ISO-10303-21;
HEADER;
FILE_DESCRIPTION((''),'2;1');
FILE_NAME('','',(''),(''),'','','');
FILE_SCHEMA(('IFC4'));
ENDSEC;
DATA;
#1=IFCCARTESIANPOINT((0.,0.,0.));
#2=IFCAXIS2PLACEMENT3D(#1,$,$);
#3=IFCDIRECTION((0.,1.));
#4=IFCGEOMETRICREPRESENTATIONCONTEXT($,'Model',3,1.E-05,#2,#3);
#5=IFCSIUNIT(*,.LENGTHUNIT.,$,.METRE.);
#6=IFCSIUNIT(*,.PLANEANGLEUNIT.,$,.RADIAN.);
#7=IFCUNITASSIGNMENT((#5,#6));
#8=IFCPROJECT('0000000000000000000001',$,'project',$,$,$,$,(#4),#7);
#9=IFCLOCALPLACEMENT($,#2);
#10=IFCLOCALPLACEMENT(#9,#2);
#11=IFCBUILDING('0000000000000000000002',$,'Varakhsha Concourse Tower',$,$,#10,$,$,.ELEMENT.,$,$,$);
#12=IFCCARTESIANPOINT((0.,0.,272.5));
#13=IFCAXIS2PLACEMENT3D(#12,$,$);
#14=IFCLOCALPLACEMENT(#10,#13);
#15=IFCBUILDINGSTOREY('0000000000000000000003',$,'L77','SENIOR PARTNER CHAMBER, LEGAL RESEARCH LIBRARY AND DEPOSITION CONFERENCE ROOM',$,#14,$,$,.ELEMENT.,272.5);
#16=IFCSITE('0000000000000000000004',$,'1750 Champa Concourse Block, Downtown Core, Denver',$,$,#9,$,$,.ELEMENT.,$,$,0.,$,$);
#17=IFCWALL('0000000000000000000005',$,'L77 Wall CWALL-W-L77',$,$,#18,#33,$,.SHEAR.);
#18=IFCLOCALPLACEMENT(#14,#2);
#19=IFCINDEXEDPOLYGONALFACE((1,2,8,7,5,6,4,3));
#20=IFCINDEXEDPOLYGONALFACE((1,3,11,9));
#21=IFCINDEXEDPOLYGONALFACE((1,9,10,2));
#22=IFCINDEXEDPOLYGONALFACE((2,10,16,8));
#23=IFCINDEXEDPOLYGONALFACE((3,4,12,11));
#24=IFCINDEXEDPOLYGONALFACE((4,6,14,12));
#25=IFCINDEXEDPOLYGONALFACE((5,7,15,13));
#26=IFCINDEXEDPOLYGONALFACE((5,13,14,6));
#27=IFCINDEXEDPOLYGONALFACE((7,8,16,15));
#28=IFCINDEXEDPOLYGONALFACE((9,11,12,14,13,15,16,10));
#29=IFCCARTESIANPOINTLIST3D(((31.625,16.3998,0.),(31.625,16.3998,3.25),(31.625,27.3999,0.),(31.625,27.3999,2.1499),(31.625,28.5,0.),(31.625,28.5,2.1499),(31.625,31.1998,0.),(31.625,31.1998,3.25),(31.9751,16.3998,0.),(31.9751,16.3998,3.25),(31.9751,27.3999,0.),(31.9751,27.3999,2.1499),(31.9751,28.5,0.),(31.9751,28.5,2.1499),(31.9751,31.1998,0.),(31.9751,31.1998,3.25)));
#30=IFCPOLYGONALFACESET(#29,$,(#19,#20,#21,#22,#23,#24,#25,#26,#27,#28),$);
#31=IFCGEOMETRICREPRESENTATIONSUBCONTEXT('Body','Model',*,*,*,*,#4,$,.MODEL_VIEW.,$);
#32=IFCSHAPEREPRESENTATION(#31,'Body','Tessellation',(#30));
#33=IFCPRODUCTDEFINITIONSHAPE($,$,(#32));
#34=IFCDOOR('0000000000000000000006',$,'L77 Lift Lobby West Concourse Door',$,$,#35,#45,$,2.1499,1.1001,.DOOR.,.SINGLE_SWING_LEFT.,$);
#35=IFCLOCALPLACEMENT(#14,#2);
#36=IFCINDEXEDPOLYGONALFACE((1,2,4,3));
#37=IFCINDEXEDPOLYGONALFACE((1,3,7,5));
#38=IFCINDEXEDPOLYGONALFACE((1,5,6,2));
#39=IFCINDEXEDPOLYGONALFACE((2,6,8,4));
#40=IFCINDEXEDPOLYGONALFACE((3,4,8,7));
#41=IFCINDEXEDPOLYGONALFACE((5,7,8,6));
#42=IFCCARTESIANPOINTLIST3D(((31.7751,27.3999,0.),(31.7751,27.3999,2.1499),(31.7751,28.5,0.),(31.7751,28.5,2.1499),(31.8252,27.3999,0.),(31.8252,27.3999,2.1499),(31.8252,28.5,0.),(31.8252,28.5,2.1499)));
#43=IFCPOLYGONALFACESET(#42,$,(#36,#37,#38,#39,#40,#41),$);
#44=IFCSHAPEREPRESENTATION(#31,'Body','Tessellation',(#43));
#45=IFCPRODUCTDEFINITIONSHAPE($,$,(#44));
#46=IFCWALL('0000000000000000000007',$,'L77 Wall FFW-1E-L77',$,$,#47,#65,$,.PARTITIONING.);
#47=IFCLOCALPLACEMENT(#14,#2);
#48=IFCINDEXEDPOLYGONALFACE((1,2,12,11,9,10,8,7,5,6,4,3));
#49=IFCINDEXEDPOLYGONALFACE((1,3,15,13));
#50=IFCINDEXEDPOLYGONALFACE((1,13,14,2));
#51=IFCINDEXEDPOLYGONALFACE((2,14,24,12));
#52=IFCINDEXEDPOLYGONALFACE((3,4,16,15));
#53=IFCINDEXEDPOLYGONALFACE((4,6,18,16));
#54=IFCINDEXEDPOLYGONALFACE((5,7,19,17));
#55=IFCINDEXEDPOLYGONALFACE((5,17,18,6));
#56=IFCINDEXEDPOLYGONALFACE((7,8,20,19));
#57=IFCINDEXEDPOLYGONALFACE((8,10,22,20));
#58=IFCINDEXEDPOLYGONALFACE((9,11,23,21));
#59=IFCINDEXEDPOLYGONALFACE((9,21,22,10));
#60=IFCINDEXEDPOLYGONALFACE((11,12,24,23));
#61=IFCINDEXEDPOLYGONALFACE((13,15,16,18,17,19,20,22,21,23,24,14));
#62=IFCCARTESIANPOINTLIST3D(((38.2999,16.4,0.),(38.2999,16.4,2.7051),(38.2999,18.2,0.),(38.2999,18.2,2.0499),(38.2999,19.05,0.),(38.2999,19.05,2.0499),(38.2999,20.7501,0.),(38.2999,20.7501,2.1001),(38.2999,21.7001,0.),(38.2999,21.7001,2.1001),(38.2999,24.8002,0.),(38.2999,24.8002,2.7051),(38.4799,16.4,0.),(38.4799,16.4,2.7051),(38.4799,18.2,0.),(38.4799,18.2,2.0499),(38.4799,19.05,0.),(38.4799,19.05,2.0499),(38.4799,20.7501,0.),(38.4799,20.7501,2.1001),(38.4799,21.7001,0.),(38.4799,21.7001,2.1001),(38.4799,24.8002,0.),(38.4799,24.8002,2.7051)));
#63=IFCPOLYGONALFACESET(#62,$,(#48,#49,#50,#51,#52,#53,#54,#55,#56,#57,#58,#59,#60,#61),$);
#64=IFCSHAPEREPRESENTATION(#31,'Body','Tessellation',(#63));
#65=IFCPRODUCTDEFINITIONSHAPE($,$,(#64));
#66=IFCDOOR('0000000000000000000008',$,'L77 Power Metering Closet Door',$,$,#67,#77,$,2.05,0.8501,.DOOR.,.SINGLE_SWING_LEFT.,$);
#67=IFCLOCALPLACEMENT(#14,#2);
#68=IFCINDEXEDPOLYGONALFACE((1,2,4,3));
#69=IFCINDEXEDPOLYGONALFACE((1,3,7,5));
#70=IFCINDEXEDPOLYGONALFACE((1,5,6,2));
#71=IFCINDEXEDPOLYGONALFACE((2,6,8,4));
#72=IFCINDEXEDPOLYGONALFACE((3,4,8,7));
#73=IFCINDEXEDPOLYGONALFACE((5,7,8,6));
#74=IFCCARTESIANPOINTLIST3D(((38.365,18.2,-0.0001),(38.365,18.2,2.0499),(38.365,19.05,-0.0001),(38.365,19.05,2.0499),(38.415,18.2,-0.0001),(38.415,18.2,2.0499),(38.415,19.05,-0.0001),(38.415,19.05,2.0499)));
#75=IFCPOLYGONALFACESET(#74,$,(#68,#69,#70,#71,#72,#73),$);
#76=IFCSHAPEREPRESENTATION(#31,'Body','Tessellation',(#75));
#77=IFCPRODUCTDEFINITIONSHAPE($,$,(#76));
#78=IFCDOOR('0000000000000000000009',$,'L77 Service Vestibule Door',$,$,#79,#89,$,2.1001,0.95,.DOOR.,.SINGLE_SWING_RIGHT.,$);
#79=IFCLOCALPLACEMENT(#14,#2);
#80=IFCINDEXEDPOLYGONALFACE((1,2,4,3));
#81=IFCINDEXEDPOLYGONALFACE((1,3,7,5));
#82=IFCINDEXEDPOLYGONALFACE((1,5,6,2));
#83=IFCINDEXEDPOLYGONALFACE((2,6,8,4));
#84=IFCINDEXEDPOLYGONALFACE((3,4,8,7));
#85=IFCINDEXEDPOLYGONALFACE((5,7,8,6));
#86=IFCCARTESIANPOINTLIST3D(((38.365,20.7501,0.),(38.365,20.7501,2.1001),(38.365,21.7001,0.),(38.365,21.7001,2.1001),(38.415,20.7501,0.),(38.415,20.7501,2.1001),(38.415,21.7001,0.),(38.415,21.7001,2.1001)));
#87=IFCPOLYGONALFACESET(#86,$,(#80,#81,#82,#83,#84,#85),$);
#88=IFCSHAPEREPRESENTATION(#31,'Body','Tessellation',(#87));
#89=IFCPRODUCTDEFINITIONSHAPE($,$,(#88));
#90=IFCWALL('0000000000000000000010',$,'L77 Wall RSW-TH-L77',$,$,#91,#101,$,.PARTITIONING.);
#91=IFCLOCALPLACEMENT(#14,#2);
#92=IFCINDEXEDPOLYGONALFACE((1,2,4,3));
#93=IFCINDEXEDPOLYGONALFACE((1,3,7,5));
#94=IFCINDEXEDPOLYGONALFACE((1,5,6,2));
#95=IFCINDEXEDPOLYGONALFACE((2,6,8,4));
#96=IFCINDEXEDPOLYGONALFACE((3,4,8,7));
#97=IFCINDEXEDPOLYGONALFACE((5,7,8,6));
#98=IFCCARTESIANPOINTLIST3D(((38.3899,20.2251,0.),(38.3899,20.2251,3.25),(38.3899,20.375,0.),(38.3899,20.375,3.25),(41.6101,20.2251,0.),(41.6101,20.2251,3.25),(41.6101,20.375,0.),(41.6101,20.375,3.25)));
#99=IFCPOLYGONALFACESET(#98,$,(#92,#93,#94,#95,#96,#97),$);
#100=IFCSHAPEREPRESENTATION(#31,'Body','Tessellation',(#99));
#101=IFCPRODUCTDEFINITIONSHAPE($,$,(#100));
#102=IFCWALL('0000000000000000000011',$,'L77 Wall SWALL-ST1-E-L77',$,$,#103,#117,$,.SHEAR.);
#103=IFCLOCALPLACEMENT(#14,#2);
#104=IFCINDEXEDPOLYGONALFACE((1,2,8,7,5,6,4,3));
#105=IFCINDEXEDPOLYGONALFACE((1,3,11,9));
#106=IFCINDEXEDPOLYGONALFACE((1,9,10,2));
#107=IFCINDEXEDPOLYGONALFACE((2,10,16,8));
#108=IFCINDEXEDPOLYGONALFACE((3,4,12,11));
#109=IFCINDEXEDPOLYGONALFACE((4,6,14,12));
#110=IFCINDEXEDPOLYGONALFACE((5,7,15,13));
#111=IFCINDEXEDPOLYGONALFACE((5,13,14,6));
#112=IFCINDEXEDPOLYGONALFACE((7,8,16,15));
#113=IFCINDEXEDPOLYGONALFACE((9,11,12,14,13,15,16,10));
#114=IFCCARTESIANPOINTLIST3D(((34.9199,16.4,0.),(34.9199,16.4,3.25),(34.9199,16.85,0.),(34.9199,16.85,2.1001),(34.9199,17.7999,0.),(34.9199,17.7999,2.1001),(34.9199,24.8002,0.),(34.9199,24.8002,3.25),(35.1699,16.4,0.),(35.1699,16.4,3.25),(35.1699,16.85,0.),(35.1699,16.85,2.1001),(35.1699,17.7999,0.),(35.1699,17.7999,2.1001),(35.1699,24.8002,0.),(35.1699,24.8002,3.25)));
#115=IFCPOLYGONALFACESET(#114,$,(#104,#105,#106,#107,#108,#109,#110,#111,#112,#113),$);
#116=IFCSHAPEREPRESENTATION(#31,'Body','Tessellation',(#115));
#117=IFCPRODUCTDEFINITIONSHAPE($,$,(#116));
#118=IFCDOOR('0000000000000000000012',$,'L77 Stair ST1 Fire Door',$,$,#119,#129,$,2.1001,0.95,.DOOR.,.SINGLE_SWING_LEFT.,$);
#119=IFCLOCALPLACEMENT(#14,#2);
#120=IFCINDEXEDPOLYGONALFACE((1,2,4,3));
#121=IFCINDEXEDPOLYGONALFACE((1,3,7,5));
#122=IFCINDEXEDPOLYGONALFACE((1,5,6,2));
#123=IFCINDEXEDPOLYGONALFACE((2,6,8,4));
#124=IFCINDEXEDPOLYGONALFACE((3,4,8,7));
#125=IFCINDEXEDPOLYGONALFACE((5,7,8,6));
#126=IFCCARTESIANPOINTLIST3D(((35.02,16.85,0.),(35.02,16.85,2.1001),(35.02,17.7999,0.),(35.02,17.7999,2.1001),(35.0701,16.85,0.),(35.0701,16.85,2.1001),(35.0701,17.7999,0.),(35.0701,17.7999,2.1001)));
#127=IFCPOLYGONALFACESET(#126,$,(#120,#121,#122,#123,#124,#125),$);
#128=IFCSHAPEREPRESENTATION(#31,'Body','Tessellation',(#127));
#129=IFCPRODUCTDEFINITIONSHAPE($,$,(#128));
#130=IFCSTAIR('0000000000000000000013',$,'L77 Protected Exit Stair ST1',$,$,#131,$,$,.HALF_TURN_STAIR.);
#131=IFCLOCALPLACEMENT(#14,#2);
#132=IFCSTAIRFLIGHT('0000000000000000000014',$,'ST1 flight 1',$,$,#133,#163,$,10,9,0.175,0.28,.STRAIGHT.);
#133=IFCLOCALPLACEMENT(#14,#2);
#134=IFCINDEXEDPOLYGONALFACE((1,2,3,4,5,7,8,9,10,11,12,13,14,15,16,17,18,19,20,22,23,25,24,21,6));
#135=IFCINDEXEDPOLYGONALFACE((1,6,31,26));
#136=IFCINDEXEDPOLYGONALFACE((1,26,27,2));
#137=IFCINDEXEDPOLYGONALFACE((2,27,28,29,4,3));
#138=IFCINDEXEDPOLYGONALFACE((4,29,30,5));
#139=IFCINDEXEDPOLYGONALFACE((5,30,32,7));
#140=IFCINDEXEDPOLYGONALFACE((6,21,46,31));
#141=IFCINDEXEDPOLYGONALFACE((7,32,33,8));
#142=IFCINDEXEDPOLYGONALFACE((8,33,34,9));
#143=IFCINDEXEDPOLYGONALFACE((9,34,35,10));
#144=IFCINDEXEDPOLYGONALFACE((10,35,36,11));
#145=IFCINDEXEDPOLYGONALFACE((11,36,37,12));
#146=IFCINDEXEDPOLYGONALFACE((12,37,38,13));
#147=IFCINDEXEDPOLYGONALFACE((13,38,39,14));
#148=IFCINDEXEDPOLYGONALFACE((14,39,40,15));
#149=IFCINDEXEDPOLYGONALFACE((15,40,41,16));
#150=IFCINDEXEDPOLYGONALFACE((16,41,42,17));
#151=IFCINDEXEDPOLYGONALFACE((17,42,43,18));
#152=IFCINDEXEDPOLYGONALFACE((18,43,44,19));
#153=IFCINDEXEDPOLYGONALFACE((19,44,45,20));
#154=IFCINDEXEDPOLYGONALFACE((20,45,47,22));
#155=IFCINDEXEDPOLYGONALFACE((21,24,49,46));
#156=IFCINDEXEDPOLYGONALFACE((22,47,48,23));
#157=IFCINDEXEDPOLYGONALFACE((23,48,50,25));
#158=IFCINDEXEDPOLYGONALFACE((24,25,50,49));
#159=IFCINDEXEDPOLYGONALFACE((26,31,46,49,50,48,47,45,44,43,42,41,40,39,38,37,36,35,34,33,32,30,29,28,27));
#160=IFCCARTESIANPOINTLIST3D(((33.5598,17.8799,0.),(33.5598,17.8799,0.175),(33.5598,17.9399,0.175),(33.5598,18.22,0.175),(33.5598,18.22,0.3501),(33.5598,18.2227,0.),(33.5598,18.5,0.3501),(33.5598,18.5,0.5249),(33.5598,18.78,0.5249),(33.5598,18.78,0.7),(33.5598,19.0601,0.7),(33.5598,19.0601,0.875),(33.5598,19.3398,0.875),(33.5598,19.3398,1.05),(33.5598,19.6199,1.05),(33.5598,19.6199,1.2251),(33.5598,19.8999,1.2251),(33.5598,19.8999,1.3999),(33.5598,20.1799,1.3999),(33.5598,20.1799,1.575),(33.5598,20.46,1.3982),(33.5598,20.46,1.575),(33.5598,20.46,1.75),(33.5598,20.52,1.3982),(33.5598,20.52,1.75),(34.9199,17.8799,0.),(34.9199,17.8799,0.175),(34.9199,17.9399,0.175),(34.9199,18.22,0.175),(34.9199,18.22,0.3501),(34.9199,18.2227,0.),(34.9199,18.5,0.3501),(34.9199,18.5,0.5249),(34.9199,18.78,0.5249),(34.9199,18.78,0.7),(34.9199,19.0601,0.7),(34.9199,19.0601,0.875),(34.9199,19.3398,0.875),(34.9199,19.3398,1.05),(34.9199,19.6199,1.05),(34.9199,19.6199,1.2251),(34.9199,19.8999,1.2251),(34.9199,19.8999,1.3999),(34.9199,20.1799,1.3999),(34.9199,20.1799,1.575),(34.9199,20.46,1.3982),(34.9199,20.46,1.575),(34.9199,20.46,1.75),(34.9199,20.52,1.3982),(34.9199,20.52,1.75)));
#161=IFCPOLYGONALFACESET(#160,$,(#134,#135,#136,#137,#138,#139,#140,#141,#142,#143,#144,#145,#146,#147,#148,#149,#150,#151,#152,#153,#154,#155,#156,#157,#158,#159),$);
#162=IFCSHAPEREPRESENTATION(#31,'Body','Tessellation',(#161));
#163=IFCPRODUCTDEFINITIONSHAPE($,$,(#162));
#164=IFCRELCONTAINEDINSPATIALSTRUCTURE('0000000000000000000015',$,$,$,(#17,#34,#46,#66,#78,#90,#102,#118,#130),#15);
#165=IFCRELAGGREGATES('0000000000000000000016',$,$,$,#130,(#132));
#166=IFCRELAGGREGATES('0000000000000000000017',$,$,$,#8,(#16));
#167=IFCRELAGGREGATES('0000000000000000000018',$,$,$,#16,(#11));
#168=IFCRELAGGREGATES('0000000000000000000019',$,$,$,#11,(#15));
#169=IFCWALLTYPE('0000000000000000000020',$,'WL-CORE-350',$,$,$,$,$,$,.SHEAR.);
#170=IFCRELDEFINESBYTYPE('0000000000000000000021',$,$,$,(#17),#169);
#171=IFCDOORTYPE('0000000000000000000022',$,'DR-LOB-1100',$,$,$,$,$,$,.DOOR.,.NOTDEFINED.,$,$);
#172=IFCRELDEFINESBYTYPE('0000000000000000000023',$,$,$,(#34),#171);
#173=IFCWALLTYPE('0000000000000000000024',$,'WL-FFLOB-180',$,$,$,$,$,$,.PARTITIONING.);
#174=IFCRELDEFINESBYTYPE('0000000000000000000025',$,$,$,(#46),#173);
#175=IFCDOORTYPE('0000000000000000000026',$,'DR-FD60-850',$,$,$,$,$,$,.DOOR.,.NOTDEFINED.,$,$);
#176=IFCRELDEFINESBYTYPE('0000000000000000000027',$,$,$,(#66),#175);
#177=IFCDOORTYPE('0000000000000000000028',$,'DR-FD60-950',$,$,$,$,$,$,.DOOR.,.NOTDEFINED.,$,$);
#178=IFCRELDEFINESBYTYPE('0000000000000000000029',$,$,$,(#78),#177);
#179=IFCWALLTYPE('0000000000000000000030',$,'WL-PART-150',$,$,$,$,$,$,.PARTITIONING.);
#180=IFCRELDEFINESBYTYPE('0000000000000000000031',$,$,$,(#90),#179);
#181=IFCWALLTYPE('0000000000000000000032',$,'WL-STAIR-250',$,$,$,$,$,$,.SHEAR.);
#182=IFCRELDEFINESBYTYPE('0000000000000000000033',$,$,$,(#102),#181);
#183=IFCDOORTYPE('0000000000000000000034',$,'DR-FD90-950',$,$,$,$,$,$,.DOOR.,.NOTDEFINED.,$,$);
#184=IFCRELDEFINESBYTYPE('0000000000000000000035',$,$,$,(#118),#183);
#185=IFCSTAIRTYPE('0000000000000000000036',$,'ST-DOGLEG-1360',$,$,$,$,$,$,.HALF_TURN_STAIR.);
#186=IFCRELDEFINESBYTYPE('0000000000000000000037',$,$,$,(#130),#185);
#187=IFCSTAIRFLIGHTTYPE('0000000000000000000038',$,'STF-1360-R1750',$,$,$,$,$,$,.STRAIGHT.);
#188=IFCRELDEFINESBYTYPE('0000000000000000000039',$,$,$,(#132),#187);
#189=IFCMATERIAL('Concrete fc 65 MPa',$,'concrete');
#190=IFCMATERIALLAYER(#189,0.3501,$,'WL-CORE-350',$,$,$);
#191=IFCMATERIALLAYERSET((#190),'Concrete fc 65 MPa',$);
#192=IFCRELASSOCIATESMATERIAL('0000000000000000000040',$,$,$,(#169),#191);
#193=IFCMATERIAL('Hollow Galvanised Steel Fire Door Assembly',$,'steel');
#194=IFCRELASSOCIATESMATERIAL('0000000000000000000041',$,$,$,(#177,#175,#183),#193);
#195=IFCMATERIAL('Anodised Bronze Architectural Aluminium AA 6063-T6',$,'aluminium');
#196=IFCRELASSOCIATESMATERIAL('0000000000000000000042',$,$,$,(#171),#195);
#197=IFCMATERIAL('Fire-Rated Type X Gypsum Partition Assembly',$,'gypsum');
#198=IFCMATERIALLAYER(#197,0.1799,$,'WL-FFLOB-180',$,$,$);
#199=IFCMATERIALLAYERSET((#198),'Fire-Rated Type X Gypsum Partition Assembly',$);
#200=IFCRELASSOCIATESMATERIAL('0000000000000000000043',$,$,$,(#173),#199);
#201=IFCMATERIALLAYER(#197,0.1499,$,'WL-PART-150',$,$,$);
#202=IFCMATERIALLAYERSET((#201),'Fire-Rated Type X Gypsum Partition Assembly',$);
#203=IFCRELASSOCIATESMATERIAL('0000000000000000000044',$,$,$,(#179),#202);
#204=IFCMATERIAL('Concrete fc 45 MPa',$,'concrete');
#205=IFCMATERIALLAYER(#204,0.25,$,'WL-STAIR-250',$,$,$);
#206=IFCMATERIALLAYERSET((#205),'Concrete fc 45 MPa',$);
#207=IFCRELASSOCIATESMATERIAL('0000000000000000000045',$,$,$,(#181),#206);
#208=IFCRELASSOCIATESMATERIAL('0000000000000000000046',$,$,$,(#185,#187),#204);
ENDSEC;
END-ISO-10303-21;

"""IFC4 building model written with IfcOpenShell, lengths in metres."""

from ifc_helpers import new_model, si_unit, direction, frame, frame_2d, origin, place, context, subcontext, project, spatial, polyline, rectangle, outline, extrude, material, layer, layer_set, type_object, element, fill, aggregate, save


model = new_model("IFC4")

# Units and contexts
model_context = context("Model", 3, precision=1e-05, world=origin(), true_north=direction((0.0, 1.0)))
body_context = subcontext(model_context, "Body", "Model", "MODEL_VIEW")
ifc_project = project(units=[si_unit("LENGTHUNIT", "METRE"), si_unit("PLANEANGLEUNIT", "RADIAN")], contexts=[model_context])

# Site, building, storey
site_placement = place(None, origin())
site = spatial("IfcSite", under=ifc_project, at=site_placement, Name="1750 Champa Concourse Block, Downtown Core, Denver", CompositionType="ELEMENT", RefElevation=0.0)
building_placement = place(site_placement, origin())
building = spatial("IfcBuilding", under=site, at=building_placement, Name="Varakhsha Concourse Tower", CompositionType="ELEMENT")
storey_placement = place(building_placement, frame((0.0, 0.0, 272.5)))
storey = spatial("IfcBuildingStorey", under=building, at=storey_placement, Name="L77", Description="SENIOR PARTNER CHAMBER, LEGAL RESEARCH LIBRARY AND DEPOSITION CONFERENCE ROOM", CompositionType="ELEMENT", Elevation=272.5)

# Shared definitions
ifc_material_1 = material(Name="Concrete fc 65 MPa", Category="concrete")

# Shared definitions
ifc_material_2 = material(Name="Anodised Bronze Architectural Aluminium AA 6063-T6", Category="aluminium")

# Shared definitions
ifc_layer_1 = layer(ifc_material_1, 0.3501, Name="WL-CORE-350")
ifc_layer_set_1 = layer_set([ifc_layer_1], Name="Concrete fc 65 MPa")
wall_type_1 = type_object("IfcWallType", Name="WL-CORE-350", PredefinedType="SHEAR", material=ifc_layer_set_1)
ifc_material_3 = material(Name="Hollow Galvanised Steel Fire Door Assembly", Category="steel")
door_type_1 = type_object("IfcDoorType", Name="DR-FD60-950", OperationType="NOTDEFINED", PredefinedType="DOOR", material=ifc_material_3)

# Wall, opening, door
wall_1_placement = place(storey_placement, frame((31.8, 16.3999, 0.0), z_axis=(0.0, 0.0, 1.0), x_axis=(0.0, 1.0, 0.0)))
wall_1 = element("IfcWall", 1, at=wall_1_placement, inside=storey, type_object=wall_type_1, Name="L77 Wall CWALL-W-L77", PredefinedType="SHEAR", context=body_context, shape_type="SweptSolid", body=[
    extrude(rectangle(XDim=14.8, YDim=0.3501, at=frame_2d((7.3999, 0.0))), origin(), (0.0, 0.0, 1.0), 3.25),
])
opening_1_placement = place(wall_1_placement, frame((11.0, 0.0, 0.0)))
opening_1 = element("IfcOpeningElement", 2, at=opening_1_placement, cuts=wall_1, PredefinedType="OPENING", context=body_context, shape_type="SweptSolid", body=[
    extrude(rectangle(XDim=1.1001, YDim=2.1499, at=frame_2d((0.55, 1.075))), frame((0.0, 0.1851, 0.0), z_axis=(0.0, -1.0, 0.0), x_axis=(1.0, 0.0, 0.0)), (0.0, 0.0, 1.0), 0.3701),
])
door_type_2 = type_object("IfcDoorType", Name="DR-LOB-1100", OperationType="NOTDEFINED", PredefinedType="DOOR", material=ifc_material_2)
door_1_placement = place(opening_1_placement, origin())
door_1 = element("IfcDoor", 3, at=door_1_placement, inside=storey, type_object=door_type_2, Name="L77 Lift Lobby West Concourse Door", OperationType="SINGLE_SWING_LEFT", OverallHeight=2.1499, OverallWidth=1.1001, PredefinedType="DOOR", context=body_context, shape_type="SweptSolid", body=[
    extrude(rectangle(XDim=1.1001, YDim=2.1499, at=frame_2d((0.55, 1.075))), frame((0.0, 0.0249, 0.0), z_axis=(0.0, -1.0, 0.0), x_axis=(1.0, 0.0, 0.0)), (0.0, 0.0, 1.0), 0.05),
])
fill(opening_1, door_1)

# Wall, openings, doors
ifc_material_4 = material(Name="Fire-Rated Type X Gypsum Partition Assembly", Category="gypsum")
ifc_layer_2 = layer(ifc_material_4, 0.1799, Name="WL-FFLOB-180")
ifc_layer_set_2 = layer_set([ifc_layer_2], Name="Fire-Rated Type X Gypsum Partition Assembly")
wall_type_2 = type_object("IfcWallType", Name="WL-FFLOB-180", PredefinedType="PARTITIONING", material=ifc_layer_set_2)
wall_2_placement = place(storey_placement, frame((38.3899, 16.3999, 0.0), z_axis=(0.0, 0.0, 1.0), x_axis=(0.0, 1.0, 0.0)))
wall_2 = element("IfcWall", 4, at=wall_2_placement, inside=storey, type_object=wall_type_2, Name="L77 Wall FFW-1E-L77", PredefinedType="PARTITIONING", context=body_context, shape_type="SweptSolid", body=[
    extrude(rectangle(XDim=8.4001, YDim=0.1799, at=frame_2d((4.2002, 0.0))), origin(), (0.0, 0.0, 1.0), 2.7051),
])
opening_2_placement = place(wall_2_placement, frame((1.8, 0.0, 0.0)))
opening_2 = element("IfcOpeningElement", 5, at=opening_2_placement, cuts=wall_2, PredefinedType="OPENING", context=body_context, shape_type="SweptSolid", body=[
    extrude(rectangle(XDim=0.8501, YDim=2.05, at=frame_2d((0.425, 1.0249))), frame((0.0, 0.0999, 0.0), z_axis=(0.0, -1.0, 0.0), x_axis=(1.0, 0.0, 0.0)), (0.0, 0.0, 1.0), 0.2),
])
opening_3_placement = place(wall_2_placement, frame((4.3501, 0.0, 0.0)))
opening_3 = element("IfcOpeningElement", 6, at=opening_3_placement, cuts=wall_2, PredefinedType="OPENING", context=body_context, shape_type="SweptSolid", body=[
    extrude(rectangle(XDim=0.95, YDim=2.1001, at=frame_2d((0.4751, 1.05))), frame((0.0, 0.0999, 0.0), z_axis=(0.0, -1.0, 0.0), x_axis=(1.0, 0.0, 0.0)), (0.0, 0.0, 1.0), 0.2),
])
door_type_3 = type_object("IfcDoorType", Name="DR-FD60-850", OperationType="NOTDEFINED", PredefinedType="DOOR", material=ifc_material_3)
door_2_placement = place(opening_2_placement, origin())
door_2 = element("IfcDoor", 7, at=door_2_placement, inside=storey, type_object=door_type_3, Name="L77 Power Metering Closet Door", OperationType="SINGLE_SWING_LEFT", OverallHeight=2.05, OverallWidth=0.8501, PredefinedType="DOOR", context=body_context, shape_type="SweptSolid", body=[
    extrude(rectangle(XDim=0.8501, YDim=2.05, at=frame_2d((0.425, 1.0249))), frame((0.0, 0.0249, 0.0), z_axis=(0.0, -1.0, 0.0), x_axis=(1.0, 0.0, 0.0)), (0.0, 0.0, 1.0), 0.05),
])
fill(opening_2, door_2)
door_3_placement = place(opening_3_placement, origin())
door_3 = element("IfcDoor", 8, at=door_3_placement, inside=storey, type_object=door_type_1, Name="L77 Service Vestibule Door", OperationType="SINGLE_SWING_RIGHT", OverallHeight=2.1001, OverallWidth=0.95, PredefinedType="DOOR", context=body_context, shape_type="SweptSolid", body=[
    extrude(rectangle(XDim=0.95, YDim=2.1001, at=frame_2d((0.4751, 1.05))), frame((0.0, 0.0249, 0.0), z_axis=(0.0, -1.0, 0.0), x_axis=(1.0, 0.0, 0.0)), (0.0, 0.0, 1.0), 0.05),
])
fill(opening_3, door_3)

# Wall
ifc_layer_3 = layer(ifc_material_4, 0.1499, Name="WL-PART-150")
ifc_layer_set_3 = layer_set([ifc_layer_3], Name="Fire-Rated Type X Gypsum Partition Assembly")
wall_type_3 = type_object("IfcWallType", Name="WL-PART-150", PredefinedType="PARTITIONING", material=ifc_layer_set_3)
wall_3_placement = place(storey_placement, frame((38.3899, 20.3, 0.0), z_axis=(0.0, 0.0, 1.0), x_axis=(1.0, 0.0, 0.0)))
element("IfcWall", 9, at=wall_3_placement, inside=storey, type_object=wall_type_3, Name="L77 Wall RSW-TH-L77", PredefinedType="PARTITIONING", context=body_context, shape_type="SweptSolid", body=[
    extrude(rectangle(XDim=3.2202, YDim=0.1499, at=frame_2d((1.6101, 0.0))), origin(), (0.0, 0.0, 1.0), 3.25),
])

# Wall, opening, door
ifc_material_5 = material(Name="Concrete fc 45 MPa", Category="concrete")
ifc_layer_4 = layer(ifc_material_5, 0.25, Name="WL-STAIR-250")
ifc_layer_set_4 = layer_set([ifc_layer_4], Name="Concrete fc 45 MPa")
wall_type_4 = type_object("IfcWallType", Name="WL-STAIR-250", PredefinedType="SHEAR", material=ifc_layer_set_4)
wall_4_placement = place(storey_placement, frame((35.0449, 16.3999, 0.0), z_axis=(0.0, 0.0, 1.0), x_axis=(0.0, 1.0, 0.0)))
wall_4 = element("IfcWall", 10, at=wall_4_placement, inside=storey, type_object=wall_type_4, Name="L77 Wall SWALL-ST1-E-L77", PredefinedType="SHEAR", context=body_context, shape_type="SweptSolid", body=[
    extrude(rectangle(XDim=8.4001, YDim=0.25, at=frame_2d((4.2002, 0.0))), origin(), (0.0, 0.0, 1.0), 3.25),
])
opening_4_placement = place(wall_4_placement, frame((0.45, 0.0, 0.0)))
opening_4 = element("IfcOpeningElement", 11, at=opening_4_placement, cuts=wall_4, PredefinedType="OPENING", context=body_context, shape_type="SweptSolid", body=[
    extrude(rectangle(XDim=0.95, YDim=2.1001, at=frame_2d((0.4751, 1.05))), frame((0.0, 0.135, 0.0), z_axis=(0.0, -1.0, 0.0), x_axis=(1.0, 0.0, 0.0)), (0.0, 0.0, 1.0), 0.27),
])
door_type_4 = type_object("IfcDoorType", Name="DR-FD90-950", OperationType="NOTDEFINED", PredefinedType="DOOR", material=ifc_material_3)
door_4_placement = place(opening_4_placement, origin())
door_4 = element("IfcDoor", 12, at=door_4_placement, inside=storey, type_object=door_type_4, Name="L77 Stair ST1 Fire Door", OperationType="SINGLE_SWING_LEFT", OverallHeight=2.1001, OverallWidth=0.95, PredefinedType="DOOR", context=body_context, shape_type="SweptSolid", body=[
    extrude(rectangle(XDim=0.95, YDim=2.1001, at=frame_2d((0.4751, 1.05))), frame((0.0, 0.0249, 0.0), z_axis=(0.0, -1.0, 0.0), x_axis=(1.0, 0.0, 0.0)), (0.0, 0.0, 1.0), 0.05),
])
fill(opening_4, door_4)

# Stair, stair flight
stair_type = type_object("IfcStairType", Name="ST-DOGLEG-1360", PredefinedType="HALF_TURN_STAIR", material=ifc_material_5)
stair_placement = place(storey_placement, origin())
stair = element("IfcStair", 13, at=stair_placement, inside=storey, type_object=stair_type, Name="L77 Protected Exit Stair ST1", PredefinedType="HALF_TURN_STAIR")
stair_flight_type = type_object("IfcStairFlightType", Name="STF-1360-R1750", PredefinedType="STRAIGHT", material=ifc_material_5)
stair_flight_placement = place(storey_placement, frame((34.24, 17.9399, 0.0), z_axis=(0.0, 0.0, 1.0), x_axis=(0.0, 1.0, 0.0)))
stair_flight = element("IfcStairFlight", 14, at=stair_flight_placement, type_object=stair_flight_type, Name="ST1 flight 1", NumberOfRisers=10, NumberOfTreads=9, PredefinedType="STRAIGHT", RiserHeight=0.175, TreadLength=0.28, context=body_context, shape_type="SweptSolid", body=[
    extrude(outline(polyline([(-0.0601, 0.0), (-0.0601, 0.175), (0.0, 0.175), (0.28, 0.175), (0.28, 0.3501), (0.5601, 0.3501), (0.5601, 0.5249), (0.8401, 0.5249), (0.8401, 0.7), (1.1201, 0.7), (1.1201, 0.875), (1.3999, 0.875), (1.3999, 1.05), (1.6799, 1.05), (1.6799, 1.2251), (1.96, 1.2251), (1.96, 1.3999), (2.24, 1.3999), (2.24, 1.575), (2.52, 1.575), (2.52, 1.75), (2.5801, 1.75), (2.5801, 1.3982), (2.52, 1.3982), (0.2827, 0.0), (-0.0601, 0.0)])), frame((0.0, 0.6802, 0.0), z_axis=(0.0, -1.0, 0.0), x_axis=(1.0, 0.0, 0.0)), (0.0, 0.0, 1.0), 1.3601),
])
aggregate(stair, [stair_flight])

save(model, "model.ifc")
